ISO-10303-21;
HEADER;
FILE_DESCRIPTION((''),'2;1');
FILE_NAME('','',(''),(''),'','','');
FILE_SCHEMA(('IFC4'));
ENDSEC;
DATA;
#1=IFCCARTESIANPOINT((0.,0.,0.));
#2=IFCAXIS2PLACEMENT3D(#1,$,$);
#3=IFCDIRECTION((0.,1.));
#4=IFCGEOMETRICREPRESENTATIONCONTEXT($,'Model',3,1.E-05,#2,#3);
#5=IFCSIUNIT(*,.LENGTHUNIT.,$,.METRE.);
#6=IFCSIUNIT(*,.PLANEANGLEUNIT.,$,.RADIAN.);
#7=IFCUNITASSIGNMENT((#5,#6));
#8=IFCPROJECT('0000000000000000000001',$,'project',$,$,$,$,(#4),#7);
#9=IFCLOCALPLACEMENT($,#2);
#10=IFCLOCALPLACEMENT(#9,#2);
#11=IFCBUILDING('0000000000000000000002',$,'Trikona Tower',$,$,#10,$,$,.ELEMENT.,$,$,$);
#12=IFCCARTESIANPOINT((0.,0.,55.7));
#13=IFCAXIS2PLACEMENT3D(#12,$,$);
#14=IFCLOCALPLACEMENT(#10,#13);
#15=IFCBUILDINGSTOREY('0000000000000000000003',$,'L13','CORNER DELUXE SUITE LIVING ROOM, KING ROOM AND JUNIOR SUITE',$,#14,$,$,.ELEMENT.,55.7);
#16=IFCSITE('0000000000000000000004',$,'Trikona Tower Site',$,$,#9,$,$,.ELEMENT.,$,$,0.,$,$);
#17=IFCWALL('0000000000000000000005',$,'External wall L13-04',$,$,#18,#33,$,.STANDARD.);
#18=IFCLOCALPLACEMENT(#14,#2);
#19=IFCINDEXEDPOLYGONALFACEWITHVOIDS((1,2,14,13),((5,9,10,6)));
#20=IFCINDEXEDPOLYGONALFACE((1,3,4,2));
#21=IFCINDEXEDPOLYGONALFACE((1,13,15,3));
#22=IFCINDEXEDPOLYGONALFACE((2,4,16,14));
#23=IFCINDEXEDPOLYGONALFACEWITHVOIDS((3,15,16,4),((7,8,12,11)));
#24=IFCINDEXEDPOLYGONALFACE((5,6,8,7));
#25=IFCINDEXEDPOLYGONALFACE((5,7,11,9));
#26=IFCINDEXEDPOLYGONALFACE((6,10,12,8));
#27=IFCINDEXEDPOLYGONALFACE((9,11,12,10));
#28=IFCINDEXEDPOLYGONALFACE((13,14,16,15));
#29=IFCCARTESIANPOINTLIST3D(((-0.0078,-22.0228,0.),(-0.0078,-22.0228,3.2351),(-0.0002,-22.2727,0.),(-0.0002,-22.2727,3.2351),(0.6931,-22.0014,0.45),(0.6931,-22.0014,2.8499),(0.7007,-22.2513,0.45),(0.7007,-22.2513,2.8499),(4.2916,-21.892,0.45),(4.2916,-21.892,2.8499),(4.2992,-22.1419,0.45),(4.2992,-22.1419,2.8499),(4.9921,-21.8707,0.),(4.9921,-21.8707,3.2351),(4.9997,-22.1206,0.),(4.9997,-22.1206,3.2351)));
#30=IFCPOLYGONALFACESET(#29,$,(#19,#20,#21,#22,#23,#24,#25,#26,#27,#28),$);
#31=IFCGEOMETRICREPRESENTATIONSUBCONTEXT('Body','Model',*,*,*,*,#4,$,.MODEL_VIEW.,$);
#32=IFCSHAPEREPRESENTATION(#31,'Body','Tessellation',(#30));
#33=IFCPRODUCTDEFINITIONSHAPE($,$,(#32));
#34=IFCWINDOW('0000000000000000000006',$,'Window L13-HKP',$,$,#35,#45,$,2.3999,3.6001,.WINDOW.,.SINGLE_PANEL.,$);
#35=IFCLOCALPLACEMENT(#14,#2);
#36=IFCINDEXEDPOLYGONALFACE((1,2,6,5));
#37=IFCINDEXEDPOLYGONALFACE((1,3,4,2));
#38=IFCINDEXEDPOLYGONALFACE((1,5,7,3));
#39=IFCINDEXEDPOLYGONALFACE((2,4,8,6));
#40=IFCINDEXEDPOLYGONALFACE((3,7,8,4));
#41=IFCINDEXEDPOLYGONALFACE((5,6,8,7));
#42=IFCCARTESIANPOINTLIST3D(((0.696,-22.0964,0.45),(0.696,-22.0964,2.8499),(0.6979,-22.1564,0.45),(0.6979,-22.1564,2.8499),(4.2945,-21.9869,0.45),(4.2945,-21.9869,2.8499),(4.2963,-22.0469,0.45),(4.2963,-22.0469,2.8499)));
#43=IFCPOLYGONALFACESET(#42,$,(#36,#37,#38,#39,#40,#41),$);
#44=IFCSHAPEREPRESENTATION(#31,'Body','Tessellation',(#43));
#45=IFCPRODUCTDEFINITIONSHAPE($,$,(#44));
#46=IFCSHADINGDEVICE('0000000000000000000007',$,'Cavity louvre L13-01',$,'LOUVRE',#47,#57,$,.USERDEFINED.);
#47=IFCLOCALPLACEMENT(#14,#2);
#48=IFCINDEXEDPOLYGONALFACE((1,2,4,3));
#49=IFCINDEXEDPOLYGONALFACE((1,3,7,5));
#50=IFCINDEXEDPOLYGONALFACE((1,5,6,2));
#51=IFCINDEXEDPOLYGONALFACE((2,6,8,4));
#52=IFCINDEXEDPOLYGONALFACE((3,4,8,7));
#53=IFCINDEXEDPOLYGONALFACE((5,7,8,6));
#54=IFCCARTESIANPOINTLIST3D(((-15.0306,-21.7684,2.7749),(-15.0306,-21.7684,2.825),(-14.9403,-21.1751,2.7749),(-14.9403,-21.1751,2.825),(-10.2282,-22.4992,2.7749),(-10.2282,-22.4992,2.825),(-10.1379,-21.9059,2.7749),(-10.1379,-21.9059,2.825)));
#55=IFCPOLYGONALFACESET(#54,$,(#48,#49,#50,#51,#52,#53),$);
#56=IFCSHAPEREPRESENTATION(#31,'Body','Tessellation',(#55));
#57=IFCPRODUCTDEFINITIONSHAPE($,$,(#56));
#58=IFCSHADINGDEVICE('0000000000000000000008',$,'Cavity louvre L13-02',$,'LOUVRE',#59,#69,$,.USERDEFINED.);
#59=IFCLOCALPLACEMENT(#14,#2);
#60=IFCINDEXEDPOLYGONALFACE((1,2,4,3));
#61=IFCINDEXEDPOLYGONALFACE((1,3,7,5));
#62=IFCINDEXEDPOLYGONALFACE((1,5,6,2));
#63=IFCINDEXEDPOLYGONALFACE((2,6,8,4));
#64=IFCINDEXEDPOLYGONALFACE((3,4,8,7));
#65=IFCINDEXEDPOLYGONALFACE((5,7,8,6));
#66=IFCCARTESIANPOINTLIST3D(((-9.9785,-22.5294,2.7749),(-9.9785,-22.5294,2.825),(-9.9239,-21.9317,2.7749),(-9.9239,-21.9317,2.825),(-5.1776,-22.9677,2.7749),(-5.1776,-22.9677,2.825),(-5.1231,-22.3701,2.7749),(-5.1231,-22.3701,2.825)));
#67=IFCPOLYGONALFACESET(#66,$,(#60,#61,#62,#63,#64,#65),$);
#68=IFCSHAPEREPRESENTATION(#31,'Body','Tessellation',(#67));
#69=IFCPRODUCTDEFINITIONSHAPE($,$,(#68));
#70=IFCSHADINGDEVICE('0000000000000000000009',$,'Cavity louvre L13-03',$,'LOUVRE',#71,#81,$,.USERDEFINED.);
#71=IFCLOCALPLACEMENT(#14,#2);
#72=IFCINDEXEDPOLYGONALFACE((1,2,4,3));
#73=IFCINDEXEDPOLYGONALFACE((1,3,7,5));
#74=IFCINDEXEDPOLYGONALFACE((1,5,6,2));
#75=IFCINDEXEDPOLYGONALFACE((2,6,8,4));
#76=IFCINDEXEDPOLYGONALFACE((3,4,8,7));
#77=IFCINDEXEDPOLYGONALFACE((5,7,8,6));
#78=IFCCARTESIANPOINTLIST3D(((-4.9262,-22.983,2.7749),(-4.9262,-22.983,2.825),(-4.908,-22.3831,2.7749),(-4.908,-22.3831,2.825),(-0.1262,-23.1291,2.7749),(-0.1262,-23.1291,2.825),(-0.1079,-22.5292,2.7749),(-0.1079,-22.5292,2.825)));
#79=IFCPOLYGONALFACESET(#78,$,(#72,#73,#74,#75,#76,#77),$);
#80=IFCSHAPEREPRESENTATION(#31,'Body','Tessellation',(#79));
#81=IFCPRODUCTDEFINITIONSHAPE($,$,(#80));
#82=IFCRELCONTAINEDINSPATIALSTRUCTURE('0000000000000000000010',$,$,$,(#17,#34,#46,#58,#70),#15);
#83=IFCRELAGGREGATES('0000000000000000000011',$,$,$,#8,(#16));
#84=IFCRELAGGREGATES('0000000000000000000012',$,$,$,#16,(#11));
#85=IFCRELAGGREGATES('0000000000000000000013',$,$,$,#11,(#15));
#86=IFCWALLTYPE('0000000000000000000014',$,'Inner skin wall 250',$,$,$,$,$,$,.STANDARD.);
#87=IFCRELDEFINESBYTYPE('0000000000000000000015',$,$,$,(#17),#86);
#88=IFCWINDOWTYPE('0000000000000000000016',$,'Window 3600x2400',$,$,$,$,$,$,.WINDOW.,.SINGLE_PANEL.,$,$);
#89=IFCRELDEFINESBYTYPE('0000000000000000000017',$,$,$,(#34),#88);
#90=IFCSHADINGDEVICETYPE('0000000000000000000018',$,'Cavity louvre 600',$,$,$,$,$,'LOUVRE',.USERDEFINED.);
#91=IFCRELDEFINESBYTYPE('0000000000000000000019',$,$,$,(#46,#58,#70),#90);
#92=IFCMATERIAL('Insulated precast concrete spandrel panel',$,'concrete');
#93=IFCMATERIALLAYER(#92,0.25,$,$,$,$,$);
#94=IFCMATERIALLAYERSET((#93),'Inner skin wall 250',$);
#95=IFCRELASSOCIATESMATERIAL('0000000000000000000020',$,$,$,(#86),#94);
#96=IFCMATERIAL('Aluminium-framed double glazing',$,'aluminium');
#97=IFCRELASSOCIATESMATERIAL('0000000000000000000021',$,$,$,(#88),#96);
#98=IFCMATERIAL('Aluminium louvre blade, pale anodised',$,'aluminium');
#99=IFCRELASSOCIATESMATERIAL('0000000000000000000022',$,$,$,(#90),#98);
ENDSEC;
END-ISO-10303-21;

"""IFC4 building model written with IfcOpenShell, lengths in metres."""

from ifc_helpers import new_model, si_unit, direction, frame, frame_2d, origin, origin_2d, place, context, subcontext, project, spatial, rectangle, extrude, material, layer, layer_set, type_object, element, fill, save


model = new_model("IFC4")

# Units and contexts
model_context = context("Model", 3, precision=1e-05, world=origin(), true_north=direction((0.0, 1.0)))
body_context = subcontext(model_context, "Body", "Model", "MODEL_VIEW")
ifc_project = project(units=[si_unit("LENGTHUNIT", "METRE"), si_unit("PLANEANGLEUNIT", "RADIAN")], contexts=[model_context])

# Site, building, storey
site_placement = place(None, origin())
site = spatial("IfcSite", under=ifc_project, at=site_placement, Name="Trikona Tower Site", CompositionType="ELEMENT", RefElevation=0.0)
building_placement = place(site_placement, origin())
building = spatial("IfcBuilding", under=site, at=building_placement, Name="Trikona Tower", CompositionType="ELEMENT")
storey_placement = place(building_placement, frame((0.0, 0.0, 55.7)))
storey = spatial("IfcBuildingStorey", under=building, at=storey_placement, Name="L13", Description="CORNER DELUXE SUITE LIVING ROOM, KING ROOM AND JUNIOR SUITE", CompositionType="ELEMENT", Elevation=55.7)

# Wall, opening, window
ifc_material_1 = material(Name="Insulated precast concrete spandrel panel", Category="concrete")
ifc_layer_1 = layer(ifc_material_1, 0.25)
ifc_layer_set_1 = layer_set([ifc_layer_1], Name="Inner skin wall 250")
wall_type = type_object("IfcWallType", Name="Inner skin wall 250", PredefinedType="STANDARD", material=ifc_layer_set_1)
ifc_material_2 = material(Name="Aluminium-framed double glazing", Category="aluminium")
window_type = type_object("IfcWindowType", Name="Window 3600x2400", PartitioningType="SINGLE_PANEL", PredefinedType="WINDOW", material=ifc_material_2)
wall_1_placement = place(storey_placement, frame((-0.0039, -22.1477, 0.0), z_axis=(0.0, 0.0, 1.0), x_axis=(0.999538, 0.030406, 0.0)))
wall_1 = element("IfcWall", 1, at=wall_1_placement, inside=storey, type_object=wall_type, Name="External wall L13-04", PredefinedType="STANDARD", context=body_context, shape_type="SweptSolid", body=[
    extrude(rectangle(XDim=5.0022, YDim=0.25, at=frame_2d((2.501, 0.0))), origin(), (0.0, 0.0, 1.0), 3.2351),
])
opening_1_placement = place(wall_1_placement, frame((0.7012, 0.0, 0.45)))
opening_1 = element("IfcOpeningElement", 2, at=opening_1_placement, cuts=wall_1, PredefinedType="OPENING", context=body_context, shape_type="SweptSolid", body=[
    extrude(rectangle(XDim=3.6001, YDim=2.3999, at=frame_2d((1.8, 1.2))), frame((0.0, 0.135, 0.0), z_axis=(0.0, -1.0, 0.0), x_axis=(1.0, 0.0, 0.0)), (0.0, 0.0, 1.0), 0.27),
])
window_1_placement = place(opening_1_placement, origin())
window_1 = element("IfcWindow", 3, at=window_1_placement, inside=storey, type_object=window_type, Name="Window L13-HKP", OverallHeight=2.3999, OverallWidth=3.6001, PartitioningType="SINGLE_PANEL", PredefinedType="WINDOW", context=body_context, shape_type="SweptSolid", body=[
    extrude(rectangle(XDim=3.6001, YDim=2.3999, at=frame_2d((1.8, 1.2))), frame((0.0, 0.03, 0.0), z_axis=(0.0, -1.0, 0.0), x_axis=(1.0, 0.0, 0.0)), (0.0, 0.0, 1.0), 0.0601),
])
fill(opening_1, window_1)

# Shading devices
ifc_material_3 = material(Name="Aluminium louvre blade, pale anodised", Category="aluminium")
shading_device_type = type_object("IfcShadingDeviceType", Name="Cavity louvre 600", ElementType="LOUVRE", PredefinedType="USERDEFINED", material=ifc_material_3)
shading_device_1_placement = place(storey_placement, frame((-12.5842, -21.8372, 2.7749), z_axis=(0.0, 0.0, 1.0), x_axis=(0.988618, -0.150448, 0.0)))
element("IfcShadingDevice", 4, at=shading_device_1_placement, inside=storey, type_object=shading_device_type, Name="Cavity louvre L13-01", ObjectType="LOUVRE", PredefinedType="USERDEFINED", context=body_context, shape_type="SweptSolid", body=[
    extrude(rectangle(XDim=4.8577, YDim=0.6001, at=origin_2d()), origin(), (0.0, 0.0, 1.0), 0.05),
])
shading_device_2_placement = place(storey_placement, frame((-7.5508, -22.4497, 2.7749), z_axis=(0.0, 0.0, 1.0), x_axis=(0.995858, -0.090921, 0.0)))
element("IfcShadingDevice", 5, at=shading_device_2_placement, inside=storey, type_object=shading_device_type, Name="Cavity louvre L13-02", ObjectType="LOUVRE", PredefinedType="USERDEFINED", context=body_context, shape_type="SweptSolid", body=[
    extrude(rectangle(XDim=4.8208, YDim=0.6001, at=origin_2d()), origin(), (0.0, 0.0, 1.0), 0.05),
])
shading_device_3_placement = place(storey_placement, frame((-2.5171, -22.7561, 2.7749), z_axis=(0.0, 0.0, 1.0), x_axis=(0.999537, -0.030425, 0.0)))
element("IfcShadingDevice", 6, at=shading_device_3_placement, inside=storey, type_object=shading_device_type, Name="Cavity louvre L13-03", ObjectType="LOUVRE", PredefinedType="USERDEFINED", context=body_context, shape_type="SweptSolid", body=[
    extrude(rectangle(XDim=4.8022, YDim=0.6001, at=origin_2d()), origin(), (0.0, 0.0, 1.0), 0.05),
])

save(model, "model.ifc")
